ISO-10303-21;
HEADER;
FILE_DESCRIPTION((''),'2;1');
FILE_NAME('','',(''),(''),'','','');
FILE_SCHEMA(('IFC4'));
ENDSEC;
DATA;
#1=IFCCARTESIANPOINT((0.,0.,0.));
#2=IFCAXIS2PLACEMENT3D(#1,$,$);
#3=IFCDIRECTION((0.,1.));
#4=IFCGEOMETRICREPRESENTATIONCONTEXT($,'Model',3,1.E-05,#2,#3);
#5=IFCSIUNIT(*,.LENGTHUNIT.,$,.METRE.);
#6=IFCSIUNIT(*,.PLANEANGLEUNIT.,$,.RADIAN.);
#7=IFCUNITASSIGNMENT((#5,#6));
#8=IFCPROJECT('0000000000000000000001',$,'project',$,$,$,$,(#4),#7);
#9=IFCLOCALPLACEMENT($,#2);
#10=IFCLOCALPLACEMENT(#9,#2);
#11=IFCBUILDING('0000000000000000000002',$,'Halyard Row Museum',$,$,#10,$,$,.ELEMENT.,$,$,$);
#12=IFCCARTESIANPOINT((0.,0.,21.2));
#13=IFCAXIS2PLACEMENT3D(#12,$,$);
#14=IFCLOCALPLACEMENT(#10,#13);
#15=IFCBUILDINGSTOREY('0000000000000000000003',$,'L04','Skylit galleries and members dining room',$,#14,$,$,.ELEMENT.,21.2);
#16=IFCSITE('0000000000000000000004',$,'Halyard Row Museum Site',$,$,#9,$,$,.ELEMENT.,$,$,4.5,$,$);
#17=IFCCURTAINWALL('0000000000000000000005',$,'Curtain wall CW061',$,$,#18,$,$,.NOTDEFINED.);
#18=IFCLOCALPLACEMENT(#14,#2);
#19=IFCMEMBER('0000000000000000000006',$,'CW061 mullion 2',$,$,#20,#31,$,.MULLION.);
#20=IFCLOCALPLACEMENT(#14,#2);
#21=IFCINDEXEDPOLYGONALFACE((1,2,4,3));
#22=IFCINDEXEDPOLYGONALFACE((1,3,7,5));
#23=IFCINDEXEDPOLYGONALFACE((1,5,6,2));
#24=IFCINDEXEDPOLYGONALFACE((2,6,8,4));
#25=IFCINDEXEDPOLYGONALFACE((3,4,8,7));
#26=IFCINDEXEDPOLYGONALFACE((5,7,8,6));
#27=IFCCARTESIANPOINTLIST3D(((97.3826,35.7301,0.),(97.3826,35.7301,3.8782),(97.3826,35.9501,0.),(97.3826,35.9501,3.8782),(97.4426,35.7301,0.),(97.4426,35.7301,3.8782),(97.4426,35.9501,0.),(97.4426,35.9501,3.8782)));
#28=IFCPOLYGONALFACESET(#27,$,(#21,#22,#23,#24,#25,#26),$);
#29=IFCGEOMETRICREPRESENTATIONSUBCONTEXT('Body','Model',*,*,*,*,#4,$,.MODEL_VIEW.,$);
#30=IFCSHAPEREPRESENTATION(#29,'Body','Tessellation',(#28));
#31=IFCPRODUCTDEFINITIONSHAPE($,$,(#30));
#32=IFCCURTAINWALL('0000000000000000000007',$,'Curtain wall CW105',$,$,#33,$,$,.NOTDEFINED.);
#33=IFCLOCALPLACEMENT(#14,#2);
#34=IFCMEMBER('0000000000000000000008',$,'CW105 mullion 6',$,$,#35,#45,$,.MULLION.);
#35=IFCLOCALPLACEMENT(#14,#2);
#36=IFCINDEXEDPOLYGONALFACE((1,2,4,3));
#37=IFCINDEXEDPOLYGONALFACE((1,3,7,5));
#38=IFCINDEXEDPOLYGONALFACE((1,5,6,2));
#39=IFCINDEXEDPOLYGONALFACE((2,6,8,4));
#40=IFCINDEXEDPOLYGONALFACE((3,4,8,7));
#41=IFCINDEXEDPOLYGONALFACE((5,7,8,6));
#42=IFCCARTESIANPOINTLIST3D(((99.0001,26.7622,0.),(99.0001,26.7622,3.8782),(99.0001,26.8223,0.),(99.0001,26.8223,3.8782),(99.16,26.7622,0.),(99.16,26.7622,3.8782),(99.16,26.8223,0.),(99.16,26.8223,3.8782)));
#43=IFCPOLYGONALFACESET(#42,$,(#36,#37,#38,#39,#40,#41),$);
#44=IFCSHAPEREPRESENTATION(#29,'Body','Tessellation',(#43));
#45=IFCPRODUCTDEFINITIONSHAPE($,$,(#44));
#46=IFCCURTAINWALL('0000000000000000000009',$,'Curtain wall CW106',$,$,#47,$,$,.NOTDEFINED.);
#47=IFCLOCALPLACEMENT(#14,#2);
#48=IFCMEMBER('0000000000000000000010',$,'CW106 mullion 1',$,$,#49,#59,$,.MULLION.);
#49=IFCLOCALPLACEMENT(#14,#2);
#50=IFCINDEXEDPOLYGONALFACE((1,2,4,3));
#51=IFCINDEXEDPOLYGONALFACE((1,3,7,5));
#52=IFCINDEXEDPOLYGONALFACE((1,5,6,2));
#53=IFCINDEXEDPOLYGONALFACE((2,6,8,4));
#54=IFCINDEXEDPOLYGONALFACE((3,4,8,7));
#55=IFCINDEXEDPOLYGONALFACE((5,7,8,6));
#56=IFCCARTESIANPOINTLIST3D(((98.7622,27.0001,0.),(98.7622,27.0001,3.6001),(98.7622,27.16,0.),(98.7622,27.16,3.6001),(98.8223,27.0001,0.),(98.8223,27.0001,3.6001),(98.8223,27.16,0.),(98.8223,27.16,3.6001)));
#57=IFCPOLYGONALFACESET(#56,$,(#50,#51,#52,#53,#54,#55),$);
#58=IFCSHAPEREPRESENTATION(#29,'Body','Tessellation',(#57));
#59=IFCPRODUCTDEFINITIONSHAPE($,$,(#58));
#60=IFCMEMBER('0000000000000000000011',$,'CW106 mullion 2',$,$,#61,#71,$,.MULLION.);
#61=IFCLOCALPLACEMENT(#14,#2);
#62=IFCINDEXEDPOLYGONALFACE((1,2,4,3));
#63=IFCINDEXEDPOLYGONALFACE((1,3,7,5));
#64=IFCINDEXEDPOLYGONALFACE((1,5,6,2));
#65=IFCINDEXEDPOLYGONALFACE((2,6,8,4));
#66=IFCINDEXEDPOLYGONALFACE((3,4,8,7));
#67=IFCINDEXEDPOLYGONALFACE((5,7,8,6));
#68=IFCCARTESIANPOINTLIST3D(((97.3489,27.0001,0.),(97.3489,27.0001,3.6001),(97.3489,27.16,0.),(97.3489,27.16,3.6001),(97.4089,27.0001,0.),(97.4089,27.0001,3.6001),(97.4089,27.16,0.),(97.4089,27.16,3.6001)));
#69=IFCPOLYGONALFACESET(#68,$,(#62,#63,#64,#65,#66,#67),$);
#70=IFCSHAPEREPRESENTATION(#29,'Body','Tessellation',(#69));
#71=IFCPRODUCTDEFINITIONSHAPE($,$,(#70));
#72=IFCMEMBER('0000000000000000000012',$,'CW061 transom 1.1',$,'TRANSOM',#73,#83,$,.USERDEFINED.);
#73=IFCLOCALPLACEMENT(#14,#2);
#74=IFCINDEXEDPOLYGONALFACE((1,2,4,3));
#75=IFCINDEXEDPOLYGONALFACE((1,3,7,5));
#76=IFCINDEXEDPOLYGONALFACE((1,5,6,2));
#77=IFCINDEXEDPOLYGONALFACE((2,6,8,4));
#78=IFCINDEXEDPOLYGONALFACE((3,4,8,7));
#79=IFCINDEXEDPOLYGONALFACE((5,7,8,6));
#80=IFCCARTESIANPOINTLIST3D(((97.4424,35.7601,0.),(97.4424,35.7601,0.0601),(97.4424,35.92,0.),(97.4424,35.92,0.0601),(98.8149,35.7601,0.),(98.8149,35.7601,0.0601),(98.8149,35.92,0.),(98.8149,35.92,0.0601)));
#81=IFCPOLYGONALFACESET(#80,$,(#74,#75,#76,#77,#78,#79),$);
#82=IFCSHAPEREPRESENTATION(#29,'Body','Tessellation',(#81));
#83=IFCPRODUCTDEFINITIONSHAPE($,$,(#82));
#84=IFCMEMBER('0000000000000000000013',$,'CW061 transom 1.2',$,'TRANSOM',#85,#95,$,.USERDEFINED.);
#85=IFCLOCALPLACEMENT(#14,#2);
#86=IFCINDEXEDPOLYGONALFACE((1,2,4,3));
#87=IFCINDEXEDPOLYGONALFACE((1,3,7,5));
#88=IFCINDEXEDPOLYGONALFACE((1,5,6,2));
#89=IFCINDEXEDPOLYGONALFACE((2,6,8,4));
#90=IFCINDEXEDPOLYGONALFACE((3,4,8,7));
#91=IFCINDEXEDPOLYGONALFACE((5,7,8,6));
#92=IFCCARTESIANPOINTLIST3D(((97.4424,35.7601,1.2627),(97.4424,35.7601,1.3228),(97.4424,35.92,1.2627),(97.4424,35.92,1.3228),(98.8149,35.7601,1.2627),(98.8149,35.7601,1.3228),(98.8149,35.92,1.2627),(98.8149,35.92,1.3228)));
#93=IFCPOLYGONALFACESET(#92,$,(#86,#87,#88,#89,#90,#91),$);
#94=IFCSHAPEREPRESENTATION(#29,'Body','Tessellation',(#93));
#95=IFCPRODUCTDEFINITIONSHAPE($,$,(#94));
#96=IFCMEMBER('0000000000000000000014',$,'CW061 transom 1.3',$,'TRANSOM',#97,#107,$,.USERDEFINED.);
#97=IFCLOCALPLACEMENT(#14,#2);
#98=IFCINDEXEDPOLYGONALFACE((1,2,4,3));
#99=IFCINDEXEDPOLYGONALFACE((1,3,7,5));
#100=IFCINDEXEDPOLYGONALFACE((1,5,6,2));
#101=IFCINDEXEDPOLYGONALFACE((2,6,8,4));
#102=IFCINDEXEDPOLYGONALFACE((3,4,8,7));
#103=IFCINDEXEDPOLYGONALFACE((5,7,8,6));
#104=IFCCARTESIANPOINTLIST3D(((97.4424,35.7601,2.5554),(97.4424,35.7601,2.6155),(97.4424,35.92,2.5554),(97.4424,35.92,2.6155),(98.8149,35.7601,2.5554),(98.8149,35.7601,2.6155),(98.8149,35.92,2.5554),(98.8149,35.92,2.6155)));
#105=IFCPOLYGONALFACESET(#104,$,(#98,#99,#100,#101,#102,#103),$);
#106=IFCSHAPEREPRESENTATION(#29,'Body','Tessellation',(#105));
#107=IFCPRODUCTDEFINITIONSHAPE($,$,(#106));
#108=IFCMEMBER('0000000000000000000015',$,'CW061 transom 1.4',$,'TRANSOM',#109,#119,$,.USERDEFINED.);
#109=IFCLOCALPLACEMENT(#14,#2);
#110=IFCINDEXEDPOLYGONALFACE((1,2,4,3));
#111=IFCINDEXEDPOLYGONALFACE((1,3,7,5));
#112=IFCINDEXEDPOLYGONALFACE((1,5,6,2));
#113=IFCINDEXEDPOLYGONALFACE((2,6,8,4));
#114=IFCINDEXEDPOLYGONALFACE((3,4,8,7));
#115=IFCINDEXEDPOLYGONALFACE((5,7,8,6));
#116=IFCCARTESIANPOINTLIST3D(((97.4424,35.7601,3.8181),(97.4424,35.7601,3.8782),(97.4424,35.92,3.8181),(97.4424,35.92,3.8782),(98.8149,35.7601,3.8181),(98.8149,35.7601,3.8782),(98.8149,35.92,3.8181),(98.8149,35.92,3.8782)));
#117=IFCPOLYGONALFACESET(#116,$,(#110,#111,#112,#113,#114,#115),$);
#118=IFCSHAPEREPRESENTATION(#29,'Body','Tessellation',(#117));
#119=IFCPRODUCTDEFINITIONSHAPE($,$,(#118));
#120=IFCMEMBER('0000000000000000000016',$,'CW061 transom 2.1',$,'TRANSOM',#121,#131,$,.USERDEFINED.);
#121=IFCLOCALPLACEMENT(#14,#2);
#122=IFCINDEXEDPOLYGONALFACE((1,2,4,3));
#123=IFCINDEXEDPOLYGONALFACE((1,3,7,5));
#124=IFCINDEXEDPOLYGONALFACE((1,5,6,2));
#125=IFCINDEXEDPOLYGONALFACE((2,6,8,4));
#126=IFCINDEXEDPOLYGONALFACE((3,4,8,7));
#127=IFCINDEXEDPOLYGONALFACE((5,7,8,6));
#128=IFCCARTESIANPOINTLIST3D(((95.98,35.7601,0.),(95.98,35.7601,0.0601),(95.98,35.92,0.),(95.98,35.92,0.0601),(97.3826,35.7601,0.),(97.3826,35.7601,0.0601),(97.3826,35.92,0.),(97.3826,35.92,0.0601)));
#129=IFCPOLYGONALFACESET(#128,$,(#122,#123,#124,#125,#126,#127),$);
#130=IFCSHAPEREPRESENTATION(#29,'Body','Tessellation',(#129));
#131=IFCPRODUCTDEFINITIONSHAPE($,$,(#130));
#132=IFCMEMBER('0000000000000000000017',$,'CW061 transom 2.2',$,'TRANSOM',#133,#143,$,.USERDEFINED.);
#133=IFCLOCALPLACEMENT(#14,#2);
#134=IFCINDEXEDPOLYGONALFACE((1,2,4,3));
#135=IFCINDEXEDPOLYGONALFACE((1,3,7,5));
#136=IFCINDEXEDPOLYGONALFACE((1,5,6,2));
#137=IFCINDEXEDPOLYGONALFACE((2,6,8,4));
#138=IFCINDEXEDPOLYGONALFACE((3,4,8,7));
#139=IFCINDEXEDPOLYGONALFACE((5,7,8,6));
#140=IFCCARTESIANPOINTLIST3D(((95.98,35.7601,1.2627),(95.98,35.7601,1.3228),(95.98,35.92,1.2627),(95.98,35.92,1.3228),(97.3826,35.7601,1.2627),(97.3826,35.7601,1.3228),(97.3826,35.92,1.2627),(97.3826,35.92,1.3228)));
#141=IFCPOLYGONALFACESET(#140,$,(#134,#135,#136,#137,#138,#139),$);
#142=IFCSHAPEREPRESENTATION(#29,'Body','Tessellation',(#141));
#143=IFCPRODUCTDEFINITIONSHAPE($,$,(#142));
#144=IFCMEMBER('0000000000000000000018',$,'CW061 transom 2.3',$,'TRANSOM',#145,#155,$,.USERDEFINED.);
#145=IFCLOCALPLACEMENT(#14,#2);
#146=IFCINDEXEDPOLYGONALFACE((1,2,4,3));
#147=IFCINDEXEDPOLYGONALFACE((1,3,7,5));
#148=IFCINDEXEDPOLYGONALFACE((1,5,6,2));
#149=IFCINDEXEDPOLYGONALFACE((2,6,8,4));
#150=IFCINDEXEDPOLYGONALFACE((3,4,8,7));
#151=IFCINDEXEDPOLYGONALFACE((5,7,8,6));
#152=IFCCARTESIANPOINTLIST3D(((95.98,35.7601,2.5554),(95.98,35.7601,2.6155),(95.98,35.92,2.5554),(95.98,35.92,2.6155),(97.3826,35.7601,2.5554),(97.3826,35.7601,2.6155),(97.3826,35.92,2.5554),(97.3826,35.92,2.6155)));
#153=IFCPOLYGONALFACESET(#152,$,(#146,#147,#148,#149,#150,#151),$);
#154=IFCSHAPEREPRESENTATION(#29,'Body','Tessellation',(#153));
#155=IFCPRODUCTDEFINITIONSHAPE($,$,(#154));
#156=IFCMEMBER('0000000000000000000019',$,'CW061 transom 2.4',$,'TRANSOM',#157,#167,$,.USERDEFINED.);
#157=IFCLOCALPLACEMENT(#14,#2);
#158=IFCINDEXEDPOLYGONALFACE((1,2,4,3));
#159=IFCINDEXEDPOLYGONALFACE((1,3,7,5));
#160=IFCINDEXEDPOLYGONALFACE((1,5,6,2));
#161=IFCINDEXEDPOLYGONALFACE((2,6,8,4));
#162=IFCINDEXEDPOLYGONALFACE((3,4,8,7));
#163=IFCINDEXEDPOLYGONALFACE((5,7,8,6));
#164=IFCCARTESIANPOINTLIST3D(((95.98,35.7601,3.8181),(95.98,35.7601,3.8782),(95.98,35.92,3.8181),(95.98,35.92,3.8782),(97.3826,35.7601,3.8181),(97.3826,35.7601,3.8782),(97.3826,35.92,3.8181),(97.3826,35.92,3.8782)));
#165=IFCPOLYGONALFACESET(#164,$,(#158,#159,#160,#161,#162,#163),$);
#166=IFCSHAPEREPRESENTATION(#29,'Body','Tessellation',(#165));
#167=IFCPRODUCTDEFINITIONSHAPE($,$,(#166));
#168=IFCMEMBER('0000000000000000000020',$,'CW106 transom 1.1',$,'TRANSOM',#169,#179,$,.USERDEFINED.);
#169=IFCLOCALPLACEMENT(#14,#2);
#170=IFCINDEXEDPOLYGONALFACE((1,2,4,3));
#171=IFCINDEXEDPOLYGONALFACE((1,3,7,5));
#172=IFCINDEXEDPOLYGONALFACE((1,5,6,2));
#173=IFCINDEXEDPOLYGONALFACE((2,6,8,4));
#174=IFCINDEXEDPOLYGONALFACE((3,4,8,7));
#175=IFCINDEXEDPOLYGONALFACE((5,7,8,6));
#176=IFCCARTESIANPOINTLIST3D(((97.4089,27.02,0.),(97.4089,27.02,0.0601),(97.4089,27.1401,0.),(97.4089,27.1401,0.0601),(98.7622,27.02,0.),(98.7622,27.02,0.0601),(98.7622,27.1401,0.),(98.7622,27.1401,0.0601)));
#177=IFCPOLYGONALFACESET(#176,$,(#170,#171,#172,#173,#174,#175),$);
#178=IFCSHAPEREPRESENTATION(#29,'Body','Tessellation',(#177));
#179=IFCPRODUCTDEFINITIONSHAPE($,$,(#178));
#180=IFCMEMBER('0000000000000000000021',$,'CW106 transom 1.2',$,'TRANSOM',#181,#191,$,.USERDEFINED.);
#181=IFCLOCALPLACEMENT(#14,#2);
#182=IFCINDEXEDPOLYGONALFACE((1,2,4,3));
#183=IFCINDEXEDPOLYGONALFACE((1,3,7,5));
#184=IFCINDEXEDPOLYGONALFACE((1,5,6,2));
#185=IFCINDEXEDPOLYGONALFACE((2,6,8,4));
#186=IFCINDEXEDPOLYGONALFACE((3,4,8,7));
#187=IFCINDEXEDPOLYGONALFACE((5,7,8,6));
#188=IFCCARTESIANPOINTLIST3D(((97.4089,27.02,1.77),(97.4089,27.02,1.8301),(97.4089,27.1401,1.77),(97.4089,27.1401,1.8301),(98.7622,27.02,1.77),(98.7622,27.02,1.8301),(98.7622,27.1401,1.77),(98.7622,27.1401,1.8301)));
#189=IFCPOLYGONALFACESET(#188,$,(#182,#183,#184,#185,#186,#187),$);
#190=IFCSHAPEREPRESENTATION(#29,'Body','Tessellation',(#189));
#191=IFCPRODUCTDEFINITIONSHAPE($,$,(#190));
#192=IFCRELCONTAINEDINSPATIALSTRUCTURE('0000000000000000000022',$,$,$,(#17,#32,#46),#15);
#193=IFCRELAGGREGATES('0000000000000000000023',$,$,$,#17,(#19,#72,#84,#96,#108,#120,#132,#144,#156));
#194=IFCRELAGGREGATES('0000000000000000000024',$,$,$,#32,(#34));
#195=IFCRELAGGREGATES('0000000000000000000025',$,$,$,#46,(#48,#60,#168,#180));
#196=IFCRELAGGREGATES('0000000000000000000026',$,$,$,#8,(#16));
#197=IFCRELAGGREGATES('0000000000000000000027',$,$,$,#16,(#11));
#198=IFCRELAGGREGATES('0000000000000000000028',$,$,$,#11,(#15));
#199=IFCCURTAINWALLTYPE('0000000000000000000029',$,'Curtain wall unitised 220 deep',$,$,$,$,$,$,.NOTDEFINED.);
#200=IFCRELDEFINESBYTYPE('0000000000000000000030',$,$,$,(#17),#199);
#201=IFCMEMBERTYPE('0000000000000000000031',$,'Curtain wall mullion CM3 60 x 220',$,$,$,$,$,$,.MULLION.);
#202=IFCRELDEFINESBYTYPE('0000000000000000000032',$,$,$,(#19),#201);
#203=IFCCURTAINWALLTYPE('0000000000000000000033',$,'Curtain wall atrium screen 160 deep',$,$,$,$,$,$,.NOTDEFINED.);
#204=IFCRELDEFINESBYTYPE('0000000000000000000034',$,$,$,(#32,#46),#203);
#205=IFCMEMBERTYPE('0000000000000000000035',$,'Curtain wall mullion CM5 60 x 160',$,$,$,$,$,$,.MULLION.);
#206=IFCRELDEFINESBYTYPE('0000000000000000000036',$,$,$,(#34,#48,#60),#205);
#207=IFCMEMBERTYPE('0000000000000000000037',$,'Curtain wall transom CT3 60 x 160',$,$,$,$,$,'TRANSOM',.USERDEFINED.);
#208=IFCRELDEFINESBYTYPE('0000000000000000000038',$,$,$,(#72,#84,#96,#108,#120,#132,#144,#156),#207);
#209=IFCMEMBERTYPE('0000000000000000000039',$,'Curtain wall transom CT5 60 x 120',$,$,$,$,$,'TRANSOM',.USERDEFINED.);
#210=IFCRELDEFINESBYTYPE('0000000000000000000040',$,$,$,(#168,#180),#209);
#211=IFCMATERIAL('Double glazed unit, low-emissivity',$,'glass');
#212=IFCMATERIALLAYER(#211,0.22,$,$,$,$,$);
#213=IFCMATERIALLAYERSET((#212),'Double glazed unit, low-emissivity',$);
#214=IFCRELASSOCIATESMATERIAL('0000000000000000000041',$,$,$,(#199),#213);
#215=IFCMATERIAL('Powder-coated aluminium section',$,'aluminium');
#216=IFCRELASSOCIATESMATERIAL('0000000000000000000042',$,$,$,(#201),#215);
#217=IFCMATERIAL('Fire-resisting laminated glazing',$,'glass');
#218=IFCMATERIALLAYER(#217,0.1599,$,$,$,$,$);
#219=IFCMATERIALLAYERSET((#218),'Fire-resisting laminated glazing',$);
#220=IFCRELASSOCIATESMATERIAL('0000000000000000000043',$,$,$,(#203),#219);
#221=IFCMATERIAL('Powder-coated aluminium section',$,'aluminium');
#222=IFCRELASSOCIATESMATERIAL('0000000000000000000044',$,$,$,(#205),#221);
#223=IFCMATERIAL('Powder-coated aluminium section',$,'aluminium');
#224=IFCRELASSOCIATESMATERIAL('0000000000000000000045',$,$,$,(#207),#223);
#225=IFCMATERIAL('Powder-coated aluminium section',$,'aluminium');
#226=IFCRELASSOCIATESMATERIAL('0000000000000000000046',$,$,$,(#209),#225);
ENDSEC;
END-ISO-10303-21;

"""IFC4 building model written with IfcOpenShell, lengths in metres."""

from ifc_helpers import new_model, si_unit, direction, frame, origin, origin_2d, place, context, subcontext, project, spatial, rectangle, extrude, material, layer, layer_set, material_profile, profile_set, type_object, element, aggregate, save


model = new_model("IFC4")

# Units and contexts
model_context = context("Model", 3, precision=1e-05, world=origin(), true_north=direction((0.0, 1.0)))
body_context = subcontext(model_context, "Body", "Model", "MODEL_VIEW")
ifc_project = project(units=[si_unit("LENGTHUNIT", "METRE"), si_unit("PLANEANGLEUNIT", "RADIAN")], contexts=[model_context])

# Site, building, storey
site_placement = place(None, origin())
site = spatial("IfcSite", under=ifc_project, at=site_placement, Name="Halyard Row Museum Site", CompositionType="ELEMENT", RefElevation=4.5)
building_placement = place(site_placement, origin())
building = spatial("IfcBuilding", under=site, at=building_placement, Name="Halyard Row Museum", CompositionType="ELEMENT")
storey_placement = place(building_placement, frame((0.0, 0.0, 21.2)))
storey = spatial("IfcBuildingStorey", under=building, at=storey_placement, Name="L04", Description="Skylit galleries and members dining room", CompositionType="ELEMENT", Elevation=21.2)

# Curtain wall, member
ifc_material_1 = material(Name="Double glazed unit, low-emissivity", Category="glass")
ifc_layer_1 = layer(ifc_material_1, 0.22)
ifc_layer_set_1 = layer_set([ifc_layer_1], Name="Double glazed unit, low-emissivity")
curtain_wall_type_1 = type_object("IfcCurtainWallType", Name="Curtain wall unitised 220 deep", PredefinedType="NOTDEFINED", material=ifc_layer_set_1)
curtain_wall_1_placement = place(storey_placement, origin())
curtain_wall_1 = element("IfcCurtainWall", 1, at=curtain_wall_1_placement, inside=storey, type_object=curtain_wall_type_1, Name="Curtain wall CW061", PredefinedType="NOTDEFINED")
ifc_material_2 = material(Name="Powder-coated aluminium section", Category="aluminium")
ifc_material_profile_1 = material_profile(ifc_material_2, rectangle(XDim=0.22, YDim=0.0601, at=origin_2d()), Name="220x60 mullion")
ifc_profile_set_1 = profile_set([ifc_material_profile_1], Name="Powder-coated aluminium section")
member_type_1 = type_object("IfcMemberType", Name="Curtain wall mullion CM3 60 x 220", PredefinedType="MULLION", material=ifc_profile_set_1)
member_1_placement = place(storey_placement, frame((97.4126, 35.8401, 0.0), z_axis=(0.0, 0.0, 1.0), x_axis=(0.0, -1.0, 0.0)))
member_1 = element("IfcMember", 2, at=member_1_placement, type_object=member_type_1, Name="CW061 mullion 2", PredefinedType="MULLION", context=body_context, shape_type="SweptSolid", body=[
    extrude(rectangle(XDim=0.22, YDim=0.0601, at=origin_2d()), origin(), (0.0, 0.0, 1.0), 3.8782),
])

# Curtain wall, member
ifc_material_3 = material(Name="Fire-resisting laminated glazing", Category="glass")
ifc_layer_2 = layer(ifc_material_3, 0.1599)
ifc_layer_set_2 = layer_set([ifc_layer_2], Name="Fire-resisting laminated glazing")
curtain_wall_type_2 = type_object("IfcCurtainWallType", Name="Curtain wall atrium screen 160 deep", PredefinedType="NOTDEFINED", material=ifc_layer_set_2)
curtain_wall_2_placement = place(storey_placement, origin())
curtain_wall_2 = element("IfcCurtainWall", 3, at=curtain_wall_2_placement, inside=storey, type_object=curtain_wall_type_2, Name="Curtain wall CW105", PredefinedType="NOTDEFINED")
ifc_material_4 = material(Name="Powder-coated aluminium section", Category="aluminium")
ifc_material_profile_2 = material_profile(ifc_material_4, rectangle(XDim=0.1599, YDim=0.0601, at=origin_2d()), Name="160x60 mullion")
ifc_profile_set_2 = profile_set([ifc_material_profile_2], Name="Powder-coated aluminium section")
member_type_2 = type_object("IfcMemberType", Name="Curtain wall mullion CM5 60 x 160", PredefinedType="MULLION", material=ifc_profile_set_2)
member_2_placement = place(storey_placement, frame((99.0801, 26.7922, 0.0), z_axis=(0.0, 0.0, 1.0), x_axis=(-1.0, 0.0, 0.0)))
member_2 = element("IfcMember", 4, at=member_2_placement, type_object=member_type_2, Name="CW105 mullion 6", PredefinedType="MULLION", context=body_context, shape_type="SweptSolid", body=[
    extrude(rectangle(XDim=0.1599, YDim=0.0601, at=origin_2d()), origin(), (0.0, 0.0, 1.0), 3.8782),
])

# Curtain wall, members
curtain_wall_3_placement = place(storey_placement, origin())
curtain_wall_3 = element("IfcCurtainWall", 5, at=curtain_wall_3_placement, inside=storey, type_object=curtain_wall_type_2, Name="Curtain wall CW106", PredefinedType="NOTDEFINED")
member_3_placement = place(storey_placement, frame((98.7922, 27.0801, 0.0), z_axis=(0.0, 0.0, 1.0), x_axis=(0.0, -1.0, 0.0)))
member_3 = element("IfcMember", 6, at=member_3_placement, type_object=member_type_2, Name="CW106 mullion 1", PredefinedType="MULLION", context=body_context, shape_type="SweptSolid", body=[
    extrude(rectangle(XDim=0.1599, YDim=0.0601, at=origin_2d()), origin(), (0.0, 0.0, 1.0), 3.6001),
])
member_4_placement = place(storey_placement, frame((97.3789, 27.0801, 0.0), z_axis=(0.0, 0.0, 1.0), x_axis=(0.0, -1.0, 0.0)))
member_4 = element("IfcMember", 7, at=member_4_placement, type_object=member_type_2, Name="CW106 mullion 2", PredefinedType="MULLION", context=body_context, shape_type="SweptSolid", body=[
    extrude(rectangle(XDim=0.1599, YDim=0.0601, at=origin_2d()), origin(), (0.0, 0.0, 1.0), 3.6001),
])

# Members
ifc_material_5 = material(Name="Powder-coated aluminium section", Category="aluminium")
ifc_material_profile_3 = material_profile(ifc_material_5, rectangle(XDim=0.1599, YDim=0.0601, at=origin_2d()), Name="160x60 transom")
ifc_profile_set_3 = profile_set([ifc_material_profile_3], Name="Powder-coated aluminium section")
member_type_3 = type_object("IfcMemberType", Name="Curtain wall transom CT3 60 x 160", ElementType="TRANSOM", PredefinedType="USERDEFINED", material=ifc_profile_set_3)
member_5_placement = place(storey_placement, frame((98.8149, 35.8401, 0.03), z_axis=(-1.0, 0.0, 0.0), x_axis=(0.0, -1.0, 0.0)))
member_5 = element("IfcMember", 8, at=member_5_placement, type_object=member_type_3, Name="CW061 transom 1.1", ObjectType="TRANSOM", PredefinedType="USERDEFINED", context=body_context, shape_type="SweptSolid", body=[
    extrude(rectangle(XDim=0.1599, YDim=0.0601, at=origin_2d()), origin(), (0.0, 0.0, 1.0), 1.3726),
])
member_6_placement = place(storey_placement, frame((98.8149, 35.8401, 1.2927), z_axis=(-1.0, 0.0, 0.0), x_axis=(0.0, -1.0, 0.0)))
member_6 = element("IfcMember", 9, at=member_6_placement, type_object=member_type_3, Name="CW061 transom 1.2", ObjectType="TRANSOM", PredefinedType="USERDEFINED", context=body_context, shape_type="SweptSolid", body=[
    extrude(rectangle(XDim=0.1599, YDim=0.0601, at=origin_2d()), origin(), (0.0, 0.0, 1.0), 1.3726),
])
member_7_placement = place(storey_placement, frame((98.8149, 35.8401, 2.5854), z_axis=(-1.0, 0.0, 0.0), x_axis=(0.0, -1.0, 0.0)))
member_7 = element("IfcMember", 10, at=member_7_placement, type_object=member_type_3, Name="CW061 transom 1.3", ObjectType="TRANSOM", PredefinedType="USERDEFINED", context=body_context, shape_type="SweptSolid", body=[
    extrude(rectangle(XDim=0.1599, YDim=0.0601, at=origin_2d()), origin(), (0.0, 0.0, 1.0), 1.3726),
])
member_8_placement = place(storey_placement, frame((98.8149, 35.8401, 3.8481), z_axis=(-1.0, 0.0, 0.0), x_axis=(0.0, -1.0, 0.0)))
member_8 = element("IfcMember", 11, at=member_8_placement, type_object=member_type_3, Name="CW061 transom 1.4", ObjectType="TRANSOM", PredefinedType="USERDEFINED", context=body_context, shape_type="SweptSolid", body=[
    extrude(rectangle(XDim=0.1599, YDim=0.0601, at=origin_2d()), origin(), (0.0, 0.0, 1.0), 1.3726),
])
member_9_placement = place(storey_placement, frame((97.3826, 35.8401, 0.03), z_axis=(-1.0, 0.0, 0.0), x_axis=(0.0, -1.0, 0.0)))
member_9 = element("IfcMember", 12, at=member_9_placement, type_object=member_type_3, Name="CW061 transom 2.1", ObjectType="TRANSOM", PredefinedType="USERDEFINED", context=body_context, shape_type="SweptSolid", body=[
    extrude(rectangle(XDim=0.1599, YDim=0.0601, at=origin_2d()), origin(), (0.0, 0.0, 1.0), 1.4026),
])
member_10_placement = place(storey_placement, frame((97.3826, 35.8401, 1.2927), z_axis=(-1.0, 0.0, 0.0), x_axis=(0.0, -1.0, 0.0)))
member_10 = element("IfcMember", 13, at=member_10_placement, type_object=member_type_3, Name="CW061 transom 2.2", ObjectType="TRANSOM", PredefinedType="USERDEFINED", context=body_context, shape_type="SweptSolid", body=[
    extrude(rectangle(XDim=0.1599, YDim=0.0601, at=origin_2d()), origin(), (0.0, 0.0, 1.0), 1.4026),
])
member_11_placement = place(storey_placement, frame((97.3826, 35.8401, 2.5854), z_axis=(-1.0, 0.0, 0.0), x_axis=(0.0, -1.0, 0.0)))
member_11 = element("IfcMember", 14, at=member_11_placement, type_object=member_type_3, Name="CW061 transom 2.3", ObjectType="TRANSOM", PredefinedType="USERDEFINED", context=body_context, shape_type="SweptSolid", body=[
    extrude(rectangle(XDim=0.1599, YDim=0.0601, at=origin_2d()), origin(), (0.0, 0.0, 1.0), 1.4026),
])
member_12_placement = place(storey_placement, frame((97.3826, 35.8401, 3.8481), z_axis=(-1.0, 0.0, 0.0), x_axis=(0.0, -1.0, 0.0)))
member_12 = element("IfcMember", 15, at=member_12_placement, type_object=member_type_3, Name="CW061 transom 2.4", ObjectType="TRANSOM", PredefinedType="USERDEFINED", context=body_context, shape_type="SweptSolid", body=[
    extrude(rectangle(XDim=0.1599, YDim=0.0601, at=origin_2d()), origin(), (0.0, 0.0, 1.0), 1.4026),
])
ifc_material_6 = material(Name="Powder-coated aluminium section", Category="aluminium")
ifc_material_profile_4 = material_profile(ifc_material_6, rectangle(XDim=0.1201, YDim=0.0601, at=origin_2d()), Name="120x60 transom")
ifc_profile_set_4 = profile_set([ifc_material_profile_4], Name="Powder-coated aluminium section")
member_type_4 = type_object("IfcMemberType", Name="Curtain wall transom CT5 60 x 120", ElementType="TRANSOM", PredefinedType="USERDEFINED", material=ifc_profile_set_4)
member_13_placement = place(storey_placement, frame((98.7622, 27.0801, 0.03), z_axis=(-1.0, 0.0, 0.0), x_axis=(0.0, -1.0, 0.0)))
member_13 = element("IfcMember", 16, at=member_13_placement, type_object=member_type_4, Name="CW106 transom 1.1", ObjectType="TRANSOM", PredefinedType="USERDEFINED", context=body_context, shape_type="SweptSolid", body=[
    extrude(rectangle(XDim=0.1201, YDim=0.0601, at=origin_2d()), origin(), (0.0, 0.0, 1.0), 1.3533),
])
member_14_placement = place(storey_placement, frame((98.7622, 27.0801, 1.8), z_axis=(-1.0, 0.0, 0.0), x_axis=(0.0, -1.0, 0.0)))
member_14 = element("IfcMember", 17, at=member_14_placement, type_object=member_type_4, Name="CW106 transom 1.2", ObjectType="TRANSOM", PredefinedType="USERDEFINED", context=body_context, shape_type="SweptSolid", body=[
    extrude(rectangle(XDim=0.1201, YDim=0.0601, at=origin_2d()), origin(), (0.0, 0.0, 1.0), 1.3533),
])

aggregate(curtain_wall_1, [member_1, member_5, member_6, member_7, member_8, member_9, member_10, member_11, member_12])
aggregate(curtain_wall_2, [member_2])
aggregate(curtain_wall_3, [member_3, member_4, member_13, member_14])

save(model, "model.ifc")
